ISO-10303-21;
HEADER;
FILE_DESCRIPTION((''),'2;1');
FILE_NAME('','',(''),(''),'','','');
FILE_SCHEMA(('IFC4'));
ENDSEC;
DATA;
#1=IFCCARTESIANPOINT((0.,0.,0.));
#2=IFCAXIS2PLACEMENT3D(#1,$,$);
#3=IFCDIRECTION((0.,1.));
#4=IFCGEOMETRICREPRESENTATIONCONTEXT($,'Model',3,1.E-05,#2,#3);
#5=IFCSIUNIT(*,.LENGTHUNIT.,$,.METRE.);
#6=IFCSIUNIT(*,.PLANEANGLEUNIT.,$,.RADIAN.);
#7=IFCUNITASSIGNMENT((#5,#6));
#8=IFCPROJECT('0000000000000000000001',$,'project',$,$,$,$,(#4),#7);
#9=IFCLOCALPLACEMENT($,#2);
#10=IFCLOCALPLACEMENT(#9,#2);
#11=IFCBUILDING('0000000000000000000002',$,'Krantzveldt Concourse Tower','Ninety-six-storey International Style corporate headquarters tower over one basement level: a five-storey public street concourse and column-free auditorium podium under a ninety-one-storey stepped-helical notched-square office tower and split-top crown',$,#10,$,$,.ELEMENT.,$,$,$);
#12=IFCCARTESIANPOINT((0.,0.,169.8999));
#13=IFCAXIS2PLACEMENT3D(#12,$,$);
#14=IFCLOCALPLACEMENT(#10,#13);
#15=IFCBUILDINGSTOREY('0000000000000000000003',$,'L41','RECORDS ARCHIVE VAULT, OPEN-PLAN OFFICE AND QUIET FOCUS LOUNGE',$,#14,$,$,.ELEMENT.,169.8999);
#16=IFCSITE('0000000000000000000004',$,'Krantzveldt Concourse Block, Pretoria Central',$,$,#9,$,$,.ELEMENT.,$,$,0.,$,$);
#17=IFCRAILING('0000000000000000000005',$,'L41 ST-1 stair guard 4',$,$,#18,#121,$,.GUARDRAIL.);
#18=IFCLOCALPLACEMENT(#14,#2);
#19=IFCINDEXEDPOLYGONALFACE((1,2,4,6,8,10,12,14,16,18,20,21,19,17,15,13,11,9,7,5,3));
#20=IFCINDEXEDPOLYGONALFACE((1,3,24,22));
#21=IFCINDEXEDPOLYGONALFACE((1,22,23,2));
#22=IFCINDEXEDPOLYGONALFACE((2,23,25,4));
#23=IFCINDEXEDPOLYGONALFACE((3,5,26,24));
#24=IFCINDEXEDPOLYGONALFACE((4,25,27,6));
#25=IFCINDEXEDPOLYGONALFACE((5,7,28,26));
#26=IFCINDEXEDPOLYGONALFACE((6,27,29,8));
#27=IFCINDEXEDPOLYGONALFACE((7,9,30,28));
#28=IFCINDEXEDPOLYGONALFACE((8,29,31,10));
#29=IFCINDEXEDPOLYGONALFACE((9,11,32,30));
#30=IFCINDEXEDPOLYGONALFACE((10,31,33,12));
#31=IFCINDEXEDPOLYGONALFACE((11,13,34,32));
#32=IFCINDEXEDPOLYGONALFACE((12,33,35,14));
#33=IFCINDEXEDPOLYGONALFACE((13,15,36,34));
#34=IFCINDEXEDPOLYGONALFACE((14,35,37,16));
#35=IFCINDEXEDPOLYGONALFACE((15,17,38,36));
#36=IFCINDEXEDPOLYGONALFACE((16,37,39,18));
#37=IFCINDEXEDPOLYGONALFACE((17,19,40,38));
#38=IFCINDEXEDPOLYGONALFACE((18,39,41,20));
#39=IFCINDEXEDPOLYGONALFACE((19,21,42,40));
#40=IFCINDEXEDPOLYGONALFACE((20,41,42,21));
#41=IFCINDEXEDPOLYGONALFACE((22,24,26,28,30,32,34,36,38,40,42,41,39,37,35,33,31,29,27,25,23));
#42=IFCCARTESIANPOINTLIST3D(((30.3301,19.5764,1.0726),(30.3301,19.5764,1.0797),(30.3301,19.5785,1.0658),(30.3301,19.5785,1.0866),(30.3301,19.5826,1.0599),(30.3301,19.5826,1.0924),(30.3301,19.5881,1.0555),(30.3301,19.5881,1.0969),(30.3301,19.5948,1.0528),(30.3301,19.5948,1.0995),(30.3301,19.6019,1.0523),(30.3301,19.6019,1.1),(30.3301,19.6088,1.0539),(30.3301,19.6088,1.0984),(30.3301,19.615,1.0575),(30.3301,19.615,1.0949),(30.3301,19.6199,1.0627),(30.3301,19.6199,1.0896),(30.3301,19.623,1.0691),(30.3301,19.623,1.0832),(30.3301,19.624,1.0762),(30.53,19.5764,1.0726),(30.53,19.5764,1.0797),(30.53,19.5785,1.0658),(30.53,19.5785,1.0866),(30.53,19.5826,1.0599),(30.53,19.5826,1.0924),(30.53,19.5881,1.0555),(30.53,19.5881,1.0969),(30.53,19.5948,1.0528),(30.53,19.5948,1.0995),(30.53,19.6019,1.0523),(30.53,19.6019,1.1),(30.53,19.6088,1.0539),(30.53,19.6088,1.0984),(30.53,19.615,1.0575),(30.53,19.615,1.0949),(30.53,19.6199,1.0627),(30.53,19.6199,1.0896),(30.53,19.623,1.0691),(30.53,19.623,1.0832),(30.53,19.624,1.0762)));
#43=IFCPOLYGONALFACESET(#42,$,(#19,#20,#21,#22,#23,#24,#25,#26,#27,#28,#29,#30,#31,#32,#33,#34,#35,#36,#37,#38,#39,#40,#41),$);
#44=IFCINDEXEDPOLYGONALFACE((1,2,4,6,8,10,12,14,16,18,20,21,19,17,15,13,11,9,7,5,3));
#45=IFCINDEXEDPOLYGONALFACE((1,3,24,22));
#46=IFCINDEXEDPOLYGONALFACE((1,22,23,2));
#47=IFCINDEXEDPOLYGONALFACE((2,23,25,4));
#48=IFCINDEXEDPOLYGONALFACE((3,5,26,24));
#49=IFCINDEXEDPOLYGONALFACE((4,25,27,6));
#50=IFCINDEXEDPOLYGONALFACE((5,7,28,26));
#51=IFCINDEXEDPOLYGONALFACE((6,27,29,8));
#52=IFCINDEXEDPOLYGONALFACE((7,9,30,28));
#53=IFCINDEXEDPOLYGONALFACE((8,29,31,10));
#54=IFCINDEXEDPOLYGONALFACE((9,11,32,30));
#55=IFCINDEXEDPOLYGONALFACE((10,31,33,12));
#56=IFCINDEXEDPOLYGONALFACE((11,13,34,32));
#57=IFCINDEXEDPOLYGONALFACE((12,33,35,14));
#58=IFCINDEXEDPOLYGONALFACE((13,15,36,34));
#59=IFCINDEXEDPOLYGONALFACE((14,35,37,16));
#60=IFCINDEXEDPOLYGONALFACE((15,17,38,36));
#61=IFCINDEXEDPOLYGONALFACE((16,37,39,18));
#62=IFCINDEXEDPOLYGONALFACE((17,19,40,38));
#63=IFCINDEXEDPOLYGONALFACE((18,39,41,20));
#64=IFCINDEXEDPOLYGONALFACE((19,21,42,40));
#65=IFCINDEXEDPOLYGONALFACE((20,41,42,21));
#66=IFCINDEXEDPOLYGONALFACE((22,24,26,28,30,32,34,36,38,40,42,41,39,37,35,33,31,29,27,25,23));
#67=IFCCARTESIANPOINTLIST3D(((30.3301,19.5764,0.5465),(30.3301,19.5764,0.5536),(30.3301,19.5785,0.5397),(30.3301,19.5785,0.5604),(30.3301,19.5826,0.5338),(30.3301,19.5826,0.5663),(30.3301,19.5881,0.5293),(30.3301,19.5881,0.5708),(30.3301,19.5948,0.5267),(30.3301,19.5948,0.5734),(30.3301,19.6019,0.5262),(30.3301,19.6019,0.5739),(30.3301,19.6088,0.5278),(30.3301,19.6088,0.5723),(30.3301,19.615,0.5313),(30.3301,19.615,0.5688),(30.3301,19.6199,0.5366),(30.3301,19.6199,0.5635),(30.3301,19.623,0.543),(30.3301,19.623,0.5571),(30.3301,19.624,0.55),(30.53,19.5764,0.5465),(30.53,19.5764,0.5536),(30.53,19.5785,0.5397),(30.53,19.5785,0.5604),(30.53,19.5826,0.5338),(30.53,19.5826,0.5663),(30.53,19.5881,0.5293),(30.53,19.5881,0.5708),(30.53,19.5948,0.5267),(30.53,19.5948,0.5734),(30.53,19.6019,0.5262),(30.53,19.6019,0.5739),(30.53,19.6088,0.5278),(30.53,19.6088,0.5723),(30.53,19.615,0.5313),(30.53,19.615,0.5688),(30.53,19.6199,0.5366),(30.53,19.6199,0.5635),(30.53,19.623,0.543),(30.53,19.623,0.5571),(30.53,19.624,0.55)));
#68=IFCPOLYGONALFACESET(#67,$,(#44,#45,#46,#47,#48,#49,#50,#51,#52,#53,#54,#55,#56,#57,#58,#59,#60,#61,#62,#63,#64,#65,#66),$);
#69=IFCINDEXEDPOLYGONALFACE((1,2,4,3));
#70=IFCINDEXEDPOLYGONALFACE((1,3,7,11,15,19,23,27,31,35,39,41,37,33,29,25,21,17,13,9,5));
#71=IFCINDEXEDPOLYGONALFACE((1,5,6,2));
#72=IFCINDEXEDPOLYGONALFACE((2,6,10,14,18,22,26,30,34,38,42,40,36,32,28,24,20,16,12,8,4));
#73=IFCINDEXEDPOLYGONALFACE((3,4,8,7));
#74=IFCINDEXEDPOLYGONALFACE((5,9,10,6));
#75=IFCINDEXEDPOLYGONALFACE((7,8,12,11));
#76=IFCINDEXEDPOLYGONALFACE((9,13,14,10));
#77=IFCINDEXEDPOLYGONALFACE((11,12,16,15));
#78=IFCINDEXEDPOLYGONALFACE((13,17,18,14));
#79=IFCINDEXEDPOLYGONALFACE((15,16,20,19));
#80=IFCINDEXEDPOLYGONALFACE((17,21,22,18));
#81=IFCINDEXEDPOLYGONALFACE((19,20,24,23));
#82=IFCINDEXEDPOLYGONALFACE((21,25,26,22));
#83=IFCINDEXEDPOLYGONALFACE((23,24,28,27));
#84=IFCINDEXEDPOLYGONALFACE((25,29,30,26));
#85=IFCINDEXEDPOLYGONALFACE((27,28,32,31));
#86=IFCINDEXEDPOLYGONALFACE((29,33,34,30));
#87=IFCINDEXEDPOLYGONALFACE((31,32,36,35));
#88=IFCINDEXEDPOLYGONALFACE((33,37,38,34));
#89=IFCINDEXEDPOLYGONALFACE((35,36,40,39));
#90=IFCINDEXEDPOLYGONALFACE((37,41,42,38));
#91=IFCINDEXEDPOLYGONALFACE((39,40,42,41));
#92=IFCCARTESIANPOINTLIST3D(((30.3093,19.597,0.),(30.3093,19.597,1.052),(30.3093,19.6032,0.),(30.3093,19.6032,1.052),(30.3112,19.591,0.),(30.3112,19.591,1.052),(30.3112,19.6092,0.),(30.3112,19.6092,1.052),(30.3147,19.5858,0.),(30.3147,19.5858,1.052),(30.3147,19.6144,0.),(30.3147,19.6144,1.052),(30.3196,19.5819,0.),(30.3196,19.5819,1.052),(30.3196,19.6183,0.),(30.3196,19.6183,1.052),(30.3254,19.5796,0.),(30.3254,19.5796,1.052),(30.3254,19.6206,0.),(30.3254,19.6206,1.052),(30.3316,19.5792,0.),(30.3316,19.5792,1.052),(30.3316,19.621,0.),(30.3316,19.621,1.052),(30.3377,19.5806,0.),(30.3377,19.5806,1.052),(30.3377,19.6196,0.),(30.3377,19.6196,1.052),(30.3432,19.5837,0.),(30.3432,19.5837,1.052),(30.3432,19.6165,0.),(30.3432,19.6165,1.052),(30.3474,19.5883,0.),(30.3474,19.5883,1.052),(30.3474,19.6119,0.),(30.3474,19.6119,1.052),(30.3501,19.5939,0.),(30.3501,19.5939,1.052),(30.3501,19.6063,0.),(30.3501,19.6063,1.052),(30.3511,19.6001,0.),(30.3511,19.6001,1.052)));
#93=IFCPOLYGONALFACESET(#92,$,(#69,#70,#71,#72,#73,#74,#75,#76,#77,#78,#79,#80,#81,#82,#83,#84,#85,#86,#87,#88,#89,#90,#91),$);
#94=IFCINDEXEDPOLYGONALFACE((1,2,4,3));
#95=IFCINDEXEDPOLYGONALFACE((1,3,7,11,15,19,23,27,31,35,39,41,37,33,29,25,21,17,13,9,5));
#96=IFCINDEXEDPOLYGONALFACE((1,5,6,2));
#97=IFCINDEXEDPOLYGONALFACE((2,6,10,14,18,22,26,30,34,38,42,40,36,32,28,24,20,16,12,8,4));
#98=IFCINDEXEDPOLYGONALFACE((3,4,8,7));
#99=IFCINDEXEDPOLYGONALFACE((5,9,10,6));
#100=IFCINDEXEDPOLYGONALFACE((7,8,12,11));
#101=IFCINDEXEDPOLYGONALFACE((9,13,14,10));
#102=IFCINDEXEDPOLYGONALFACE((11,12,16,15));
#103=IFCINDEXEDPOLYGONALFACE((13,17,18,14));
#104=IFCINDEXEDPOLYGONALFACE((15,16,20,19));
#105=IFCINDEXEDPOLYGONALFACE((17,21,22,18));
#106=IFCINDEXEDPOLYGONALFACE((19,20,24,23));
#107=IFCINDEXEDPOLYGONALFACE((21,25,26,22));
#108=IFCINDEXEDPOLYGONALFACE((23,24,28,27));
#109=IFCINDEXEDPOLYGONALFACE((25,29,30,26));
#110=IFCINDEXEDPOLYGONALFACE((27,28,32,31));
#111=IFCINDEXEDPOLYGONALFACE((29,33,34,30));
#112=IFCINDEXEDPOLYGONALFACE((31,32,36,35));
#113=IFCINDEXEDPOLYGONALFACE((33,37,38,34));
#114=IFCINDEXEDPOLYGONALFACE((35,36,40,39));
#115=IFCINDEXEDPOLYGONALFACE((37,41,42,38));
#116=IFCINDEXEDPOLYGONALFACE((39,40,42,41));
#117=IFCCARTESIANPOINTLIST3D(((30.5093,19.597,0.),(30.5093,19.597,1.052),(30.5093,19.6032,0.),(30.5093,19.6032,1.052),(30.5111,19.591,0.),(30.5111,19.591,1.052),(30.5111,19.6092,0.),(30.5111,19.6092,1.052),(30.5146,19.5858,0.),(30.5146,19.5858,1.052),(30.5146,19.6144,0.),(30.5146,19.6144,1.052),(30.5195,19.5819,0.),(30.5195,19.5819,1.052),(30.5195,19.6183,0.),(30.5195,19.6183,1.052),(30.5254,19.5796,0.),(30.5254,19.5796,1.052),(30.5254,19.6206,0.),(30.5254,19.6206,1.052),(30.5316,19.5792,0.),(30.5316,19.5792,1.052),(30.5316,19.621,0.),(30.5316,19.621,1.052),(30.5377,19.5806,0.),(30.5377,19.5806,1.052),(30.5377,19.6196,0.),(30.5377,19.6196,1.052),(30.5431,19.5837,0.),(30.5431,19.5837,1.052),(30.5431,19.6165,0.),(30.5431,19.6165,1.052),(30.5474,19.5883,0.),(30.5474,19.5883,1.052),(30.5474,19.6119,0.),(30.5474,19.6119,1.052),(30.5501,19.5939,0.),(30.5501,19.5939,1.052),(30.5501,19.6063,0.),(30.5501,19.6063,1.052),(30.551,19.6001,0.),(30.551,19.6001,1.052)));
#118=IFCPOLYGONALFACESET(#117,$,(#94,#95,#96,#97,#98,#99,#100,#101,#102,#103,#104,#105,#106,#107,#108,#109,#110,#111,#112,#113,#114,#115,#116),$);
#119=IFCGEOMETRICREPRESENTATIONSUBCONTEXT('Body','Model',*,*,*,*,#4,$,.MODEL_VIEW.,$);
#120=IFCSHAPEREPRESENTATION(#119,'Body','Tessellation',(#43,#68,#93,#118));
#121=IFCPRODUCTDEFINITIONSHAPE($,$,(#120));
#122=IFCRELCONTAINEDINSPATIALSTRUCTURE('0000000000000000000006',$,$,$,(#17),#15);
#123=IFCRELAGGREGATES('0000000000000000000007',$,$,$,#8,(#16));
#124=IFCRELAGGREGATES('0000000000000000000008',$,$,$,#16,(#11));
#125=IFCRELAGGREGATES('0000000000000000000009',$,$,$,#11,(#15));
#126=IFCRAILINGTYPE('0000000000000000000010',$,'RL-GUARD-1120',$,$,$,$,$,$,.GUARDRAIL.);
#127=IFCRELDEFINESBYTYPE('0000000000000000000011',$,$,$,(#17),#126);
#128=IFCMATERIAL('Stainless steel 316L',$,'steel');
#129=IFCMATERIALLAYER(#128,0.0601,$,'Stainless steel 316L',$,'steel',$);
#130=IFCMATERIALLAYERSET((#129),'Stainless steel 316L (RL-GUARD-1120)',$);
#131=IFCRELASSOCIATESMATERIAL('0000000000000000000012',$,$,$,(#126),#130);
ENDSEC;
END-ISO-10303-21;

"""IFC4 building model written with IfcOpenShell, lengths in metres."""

from ifc_helpers import new_model, si_unit, direction, frame, origin, origin_2d, place, context, subcontext, project, spatial, circle, extrude, material, layer, layer_set, type_object, element, save


model = new_model("IFC4")

# Units and contexts
model_context = context("Model", 3, precision=1e-05, world=origin(), true_north=direction((0.0, 1.0)))
body_context = subcontext(model_context, "Body", "Model", "MODEL_VIEW")
ifc_project = project(units=[si_unit("LENGTHUNIT", "METRE"), si_unit("PLANEANGLEUNIT", "RADIAN")], contexts=[model_context])

# Site, building, storey
site_placement = place(None, origin())
site = spatial("IfcSite", under=ifc_project, at=site_placement, Name="Krantzveldt Concourse Block, Pretoria Central", CompositionType="ELEMENT", RefElevation=0.0)
building_placement = place(site_placement, origin())
building = spatial("IfcBuilding", under=site, at=building_placement, Name="Krantzveldt Concourse Tower", Description="Ninety-six-storey International Style corporate headquarters tower over one basement level: a five-storey public street concourse and column-free auditorium podium under a ninety-one-storey stepped-helical notched-square office tower and split-top crown", CompositionType="ELEMENT")
storey_placement = place(building_placement, frame((0.0, 0.0, 169.8999)))
storey = spatial("IfcBuildingStorey", under=building, at=storey_placement, Name="L41", Description="RECORDS ARCHIVE VAULT, OPEN-PLAN OFFICE AND QUIET FOCUS LOUNGE", CompositionType="ELEMENT", Elevation=169.8999)

# Railing
ifc_material_1 = material(Name="Stainless steel 316L", Category="steel")
ifc_layer_1 = layer(ifc_material_1, 0.0601, Name="Stainless steel 316L", Category="steel")
ifc_layer_set_1 = layer_set([ifc_layer_1], Name="Stainless steel 316L (RL-GUARD-1120)")
railing_type_1 = type_object("IfcRailingType", Name="RL-GUARD-1120", PredefinedType="GUARDRAIL", material=ifc_layer_set_1)
railing_1_placement = place(storey_placement, frame((30.3301, 19.6001, 0.0)))
element("IfcRailing", 1, at=railing_1_placement, inside=storey, type_object=railing_type_1, Name="L41 ST-1 stair guard 4", PredefinedType="GUARDRAIL", context=body_context, shape_type="SweptSolid", body=[
    extrude(circle(Radius=0.0239, at=origin_2d()), frame((0.0, 0.0, 1.0762), z_axis=(1.0, 0.0, 0.0), x_axis=(0.0, 1.0, 0.0)), (0.0, 0.0, 1.0), 0.2),
    extrude(circle(Radius=0.0239, at=origin_2d()), frame((0.0, 0.0, 0.55), z_axis=(1.0, 0.0, 0.0), x_axis=(0.0, 1.0, 0.0)), (0.0, 0.0, 1.0), 0.2),
    extrude(circle(Radius=0.021, at=origin_2d()), origin(), (0.0, 0.0, 1.0), 1.052),
    extrude(circle(Radius=0.021, at=origin_2d()), frame((0.2, 0.0, 0.0)), (0.0, 0.0, 1.0), 1.052),
])

save(model, "model.ifc")
